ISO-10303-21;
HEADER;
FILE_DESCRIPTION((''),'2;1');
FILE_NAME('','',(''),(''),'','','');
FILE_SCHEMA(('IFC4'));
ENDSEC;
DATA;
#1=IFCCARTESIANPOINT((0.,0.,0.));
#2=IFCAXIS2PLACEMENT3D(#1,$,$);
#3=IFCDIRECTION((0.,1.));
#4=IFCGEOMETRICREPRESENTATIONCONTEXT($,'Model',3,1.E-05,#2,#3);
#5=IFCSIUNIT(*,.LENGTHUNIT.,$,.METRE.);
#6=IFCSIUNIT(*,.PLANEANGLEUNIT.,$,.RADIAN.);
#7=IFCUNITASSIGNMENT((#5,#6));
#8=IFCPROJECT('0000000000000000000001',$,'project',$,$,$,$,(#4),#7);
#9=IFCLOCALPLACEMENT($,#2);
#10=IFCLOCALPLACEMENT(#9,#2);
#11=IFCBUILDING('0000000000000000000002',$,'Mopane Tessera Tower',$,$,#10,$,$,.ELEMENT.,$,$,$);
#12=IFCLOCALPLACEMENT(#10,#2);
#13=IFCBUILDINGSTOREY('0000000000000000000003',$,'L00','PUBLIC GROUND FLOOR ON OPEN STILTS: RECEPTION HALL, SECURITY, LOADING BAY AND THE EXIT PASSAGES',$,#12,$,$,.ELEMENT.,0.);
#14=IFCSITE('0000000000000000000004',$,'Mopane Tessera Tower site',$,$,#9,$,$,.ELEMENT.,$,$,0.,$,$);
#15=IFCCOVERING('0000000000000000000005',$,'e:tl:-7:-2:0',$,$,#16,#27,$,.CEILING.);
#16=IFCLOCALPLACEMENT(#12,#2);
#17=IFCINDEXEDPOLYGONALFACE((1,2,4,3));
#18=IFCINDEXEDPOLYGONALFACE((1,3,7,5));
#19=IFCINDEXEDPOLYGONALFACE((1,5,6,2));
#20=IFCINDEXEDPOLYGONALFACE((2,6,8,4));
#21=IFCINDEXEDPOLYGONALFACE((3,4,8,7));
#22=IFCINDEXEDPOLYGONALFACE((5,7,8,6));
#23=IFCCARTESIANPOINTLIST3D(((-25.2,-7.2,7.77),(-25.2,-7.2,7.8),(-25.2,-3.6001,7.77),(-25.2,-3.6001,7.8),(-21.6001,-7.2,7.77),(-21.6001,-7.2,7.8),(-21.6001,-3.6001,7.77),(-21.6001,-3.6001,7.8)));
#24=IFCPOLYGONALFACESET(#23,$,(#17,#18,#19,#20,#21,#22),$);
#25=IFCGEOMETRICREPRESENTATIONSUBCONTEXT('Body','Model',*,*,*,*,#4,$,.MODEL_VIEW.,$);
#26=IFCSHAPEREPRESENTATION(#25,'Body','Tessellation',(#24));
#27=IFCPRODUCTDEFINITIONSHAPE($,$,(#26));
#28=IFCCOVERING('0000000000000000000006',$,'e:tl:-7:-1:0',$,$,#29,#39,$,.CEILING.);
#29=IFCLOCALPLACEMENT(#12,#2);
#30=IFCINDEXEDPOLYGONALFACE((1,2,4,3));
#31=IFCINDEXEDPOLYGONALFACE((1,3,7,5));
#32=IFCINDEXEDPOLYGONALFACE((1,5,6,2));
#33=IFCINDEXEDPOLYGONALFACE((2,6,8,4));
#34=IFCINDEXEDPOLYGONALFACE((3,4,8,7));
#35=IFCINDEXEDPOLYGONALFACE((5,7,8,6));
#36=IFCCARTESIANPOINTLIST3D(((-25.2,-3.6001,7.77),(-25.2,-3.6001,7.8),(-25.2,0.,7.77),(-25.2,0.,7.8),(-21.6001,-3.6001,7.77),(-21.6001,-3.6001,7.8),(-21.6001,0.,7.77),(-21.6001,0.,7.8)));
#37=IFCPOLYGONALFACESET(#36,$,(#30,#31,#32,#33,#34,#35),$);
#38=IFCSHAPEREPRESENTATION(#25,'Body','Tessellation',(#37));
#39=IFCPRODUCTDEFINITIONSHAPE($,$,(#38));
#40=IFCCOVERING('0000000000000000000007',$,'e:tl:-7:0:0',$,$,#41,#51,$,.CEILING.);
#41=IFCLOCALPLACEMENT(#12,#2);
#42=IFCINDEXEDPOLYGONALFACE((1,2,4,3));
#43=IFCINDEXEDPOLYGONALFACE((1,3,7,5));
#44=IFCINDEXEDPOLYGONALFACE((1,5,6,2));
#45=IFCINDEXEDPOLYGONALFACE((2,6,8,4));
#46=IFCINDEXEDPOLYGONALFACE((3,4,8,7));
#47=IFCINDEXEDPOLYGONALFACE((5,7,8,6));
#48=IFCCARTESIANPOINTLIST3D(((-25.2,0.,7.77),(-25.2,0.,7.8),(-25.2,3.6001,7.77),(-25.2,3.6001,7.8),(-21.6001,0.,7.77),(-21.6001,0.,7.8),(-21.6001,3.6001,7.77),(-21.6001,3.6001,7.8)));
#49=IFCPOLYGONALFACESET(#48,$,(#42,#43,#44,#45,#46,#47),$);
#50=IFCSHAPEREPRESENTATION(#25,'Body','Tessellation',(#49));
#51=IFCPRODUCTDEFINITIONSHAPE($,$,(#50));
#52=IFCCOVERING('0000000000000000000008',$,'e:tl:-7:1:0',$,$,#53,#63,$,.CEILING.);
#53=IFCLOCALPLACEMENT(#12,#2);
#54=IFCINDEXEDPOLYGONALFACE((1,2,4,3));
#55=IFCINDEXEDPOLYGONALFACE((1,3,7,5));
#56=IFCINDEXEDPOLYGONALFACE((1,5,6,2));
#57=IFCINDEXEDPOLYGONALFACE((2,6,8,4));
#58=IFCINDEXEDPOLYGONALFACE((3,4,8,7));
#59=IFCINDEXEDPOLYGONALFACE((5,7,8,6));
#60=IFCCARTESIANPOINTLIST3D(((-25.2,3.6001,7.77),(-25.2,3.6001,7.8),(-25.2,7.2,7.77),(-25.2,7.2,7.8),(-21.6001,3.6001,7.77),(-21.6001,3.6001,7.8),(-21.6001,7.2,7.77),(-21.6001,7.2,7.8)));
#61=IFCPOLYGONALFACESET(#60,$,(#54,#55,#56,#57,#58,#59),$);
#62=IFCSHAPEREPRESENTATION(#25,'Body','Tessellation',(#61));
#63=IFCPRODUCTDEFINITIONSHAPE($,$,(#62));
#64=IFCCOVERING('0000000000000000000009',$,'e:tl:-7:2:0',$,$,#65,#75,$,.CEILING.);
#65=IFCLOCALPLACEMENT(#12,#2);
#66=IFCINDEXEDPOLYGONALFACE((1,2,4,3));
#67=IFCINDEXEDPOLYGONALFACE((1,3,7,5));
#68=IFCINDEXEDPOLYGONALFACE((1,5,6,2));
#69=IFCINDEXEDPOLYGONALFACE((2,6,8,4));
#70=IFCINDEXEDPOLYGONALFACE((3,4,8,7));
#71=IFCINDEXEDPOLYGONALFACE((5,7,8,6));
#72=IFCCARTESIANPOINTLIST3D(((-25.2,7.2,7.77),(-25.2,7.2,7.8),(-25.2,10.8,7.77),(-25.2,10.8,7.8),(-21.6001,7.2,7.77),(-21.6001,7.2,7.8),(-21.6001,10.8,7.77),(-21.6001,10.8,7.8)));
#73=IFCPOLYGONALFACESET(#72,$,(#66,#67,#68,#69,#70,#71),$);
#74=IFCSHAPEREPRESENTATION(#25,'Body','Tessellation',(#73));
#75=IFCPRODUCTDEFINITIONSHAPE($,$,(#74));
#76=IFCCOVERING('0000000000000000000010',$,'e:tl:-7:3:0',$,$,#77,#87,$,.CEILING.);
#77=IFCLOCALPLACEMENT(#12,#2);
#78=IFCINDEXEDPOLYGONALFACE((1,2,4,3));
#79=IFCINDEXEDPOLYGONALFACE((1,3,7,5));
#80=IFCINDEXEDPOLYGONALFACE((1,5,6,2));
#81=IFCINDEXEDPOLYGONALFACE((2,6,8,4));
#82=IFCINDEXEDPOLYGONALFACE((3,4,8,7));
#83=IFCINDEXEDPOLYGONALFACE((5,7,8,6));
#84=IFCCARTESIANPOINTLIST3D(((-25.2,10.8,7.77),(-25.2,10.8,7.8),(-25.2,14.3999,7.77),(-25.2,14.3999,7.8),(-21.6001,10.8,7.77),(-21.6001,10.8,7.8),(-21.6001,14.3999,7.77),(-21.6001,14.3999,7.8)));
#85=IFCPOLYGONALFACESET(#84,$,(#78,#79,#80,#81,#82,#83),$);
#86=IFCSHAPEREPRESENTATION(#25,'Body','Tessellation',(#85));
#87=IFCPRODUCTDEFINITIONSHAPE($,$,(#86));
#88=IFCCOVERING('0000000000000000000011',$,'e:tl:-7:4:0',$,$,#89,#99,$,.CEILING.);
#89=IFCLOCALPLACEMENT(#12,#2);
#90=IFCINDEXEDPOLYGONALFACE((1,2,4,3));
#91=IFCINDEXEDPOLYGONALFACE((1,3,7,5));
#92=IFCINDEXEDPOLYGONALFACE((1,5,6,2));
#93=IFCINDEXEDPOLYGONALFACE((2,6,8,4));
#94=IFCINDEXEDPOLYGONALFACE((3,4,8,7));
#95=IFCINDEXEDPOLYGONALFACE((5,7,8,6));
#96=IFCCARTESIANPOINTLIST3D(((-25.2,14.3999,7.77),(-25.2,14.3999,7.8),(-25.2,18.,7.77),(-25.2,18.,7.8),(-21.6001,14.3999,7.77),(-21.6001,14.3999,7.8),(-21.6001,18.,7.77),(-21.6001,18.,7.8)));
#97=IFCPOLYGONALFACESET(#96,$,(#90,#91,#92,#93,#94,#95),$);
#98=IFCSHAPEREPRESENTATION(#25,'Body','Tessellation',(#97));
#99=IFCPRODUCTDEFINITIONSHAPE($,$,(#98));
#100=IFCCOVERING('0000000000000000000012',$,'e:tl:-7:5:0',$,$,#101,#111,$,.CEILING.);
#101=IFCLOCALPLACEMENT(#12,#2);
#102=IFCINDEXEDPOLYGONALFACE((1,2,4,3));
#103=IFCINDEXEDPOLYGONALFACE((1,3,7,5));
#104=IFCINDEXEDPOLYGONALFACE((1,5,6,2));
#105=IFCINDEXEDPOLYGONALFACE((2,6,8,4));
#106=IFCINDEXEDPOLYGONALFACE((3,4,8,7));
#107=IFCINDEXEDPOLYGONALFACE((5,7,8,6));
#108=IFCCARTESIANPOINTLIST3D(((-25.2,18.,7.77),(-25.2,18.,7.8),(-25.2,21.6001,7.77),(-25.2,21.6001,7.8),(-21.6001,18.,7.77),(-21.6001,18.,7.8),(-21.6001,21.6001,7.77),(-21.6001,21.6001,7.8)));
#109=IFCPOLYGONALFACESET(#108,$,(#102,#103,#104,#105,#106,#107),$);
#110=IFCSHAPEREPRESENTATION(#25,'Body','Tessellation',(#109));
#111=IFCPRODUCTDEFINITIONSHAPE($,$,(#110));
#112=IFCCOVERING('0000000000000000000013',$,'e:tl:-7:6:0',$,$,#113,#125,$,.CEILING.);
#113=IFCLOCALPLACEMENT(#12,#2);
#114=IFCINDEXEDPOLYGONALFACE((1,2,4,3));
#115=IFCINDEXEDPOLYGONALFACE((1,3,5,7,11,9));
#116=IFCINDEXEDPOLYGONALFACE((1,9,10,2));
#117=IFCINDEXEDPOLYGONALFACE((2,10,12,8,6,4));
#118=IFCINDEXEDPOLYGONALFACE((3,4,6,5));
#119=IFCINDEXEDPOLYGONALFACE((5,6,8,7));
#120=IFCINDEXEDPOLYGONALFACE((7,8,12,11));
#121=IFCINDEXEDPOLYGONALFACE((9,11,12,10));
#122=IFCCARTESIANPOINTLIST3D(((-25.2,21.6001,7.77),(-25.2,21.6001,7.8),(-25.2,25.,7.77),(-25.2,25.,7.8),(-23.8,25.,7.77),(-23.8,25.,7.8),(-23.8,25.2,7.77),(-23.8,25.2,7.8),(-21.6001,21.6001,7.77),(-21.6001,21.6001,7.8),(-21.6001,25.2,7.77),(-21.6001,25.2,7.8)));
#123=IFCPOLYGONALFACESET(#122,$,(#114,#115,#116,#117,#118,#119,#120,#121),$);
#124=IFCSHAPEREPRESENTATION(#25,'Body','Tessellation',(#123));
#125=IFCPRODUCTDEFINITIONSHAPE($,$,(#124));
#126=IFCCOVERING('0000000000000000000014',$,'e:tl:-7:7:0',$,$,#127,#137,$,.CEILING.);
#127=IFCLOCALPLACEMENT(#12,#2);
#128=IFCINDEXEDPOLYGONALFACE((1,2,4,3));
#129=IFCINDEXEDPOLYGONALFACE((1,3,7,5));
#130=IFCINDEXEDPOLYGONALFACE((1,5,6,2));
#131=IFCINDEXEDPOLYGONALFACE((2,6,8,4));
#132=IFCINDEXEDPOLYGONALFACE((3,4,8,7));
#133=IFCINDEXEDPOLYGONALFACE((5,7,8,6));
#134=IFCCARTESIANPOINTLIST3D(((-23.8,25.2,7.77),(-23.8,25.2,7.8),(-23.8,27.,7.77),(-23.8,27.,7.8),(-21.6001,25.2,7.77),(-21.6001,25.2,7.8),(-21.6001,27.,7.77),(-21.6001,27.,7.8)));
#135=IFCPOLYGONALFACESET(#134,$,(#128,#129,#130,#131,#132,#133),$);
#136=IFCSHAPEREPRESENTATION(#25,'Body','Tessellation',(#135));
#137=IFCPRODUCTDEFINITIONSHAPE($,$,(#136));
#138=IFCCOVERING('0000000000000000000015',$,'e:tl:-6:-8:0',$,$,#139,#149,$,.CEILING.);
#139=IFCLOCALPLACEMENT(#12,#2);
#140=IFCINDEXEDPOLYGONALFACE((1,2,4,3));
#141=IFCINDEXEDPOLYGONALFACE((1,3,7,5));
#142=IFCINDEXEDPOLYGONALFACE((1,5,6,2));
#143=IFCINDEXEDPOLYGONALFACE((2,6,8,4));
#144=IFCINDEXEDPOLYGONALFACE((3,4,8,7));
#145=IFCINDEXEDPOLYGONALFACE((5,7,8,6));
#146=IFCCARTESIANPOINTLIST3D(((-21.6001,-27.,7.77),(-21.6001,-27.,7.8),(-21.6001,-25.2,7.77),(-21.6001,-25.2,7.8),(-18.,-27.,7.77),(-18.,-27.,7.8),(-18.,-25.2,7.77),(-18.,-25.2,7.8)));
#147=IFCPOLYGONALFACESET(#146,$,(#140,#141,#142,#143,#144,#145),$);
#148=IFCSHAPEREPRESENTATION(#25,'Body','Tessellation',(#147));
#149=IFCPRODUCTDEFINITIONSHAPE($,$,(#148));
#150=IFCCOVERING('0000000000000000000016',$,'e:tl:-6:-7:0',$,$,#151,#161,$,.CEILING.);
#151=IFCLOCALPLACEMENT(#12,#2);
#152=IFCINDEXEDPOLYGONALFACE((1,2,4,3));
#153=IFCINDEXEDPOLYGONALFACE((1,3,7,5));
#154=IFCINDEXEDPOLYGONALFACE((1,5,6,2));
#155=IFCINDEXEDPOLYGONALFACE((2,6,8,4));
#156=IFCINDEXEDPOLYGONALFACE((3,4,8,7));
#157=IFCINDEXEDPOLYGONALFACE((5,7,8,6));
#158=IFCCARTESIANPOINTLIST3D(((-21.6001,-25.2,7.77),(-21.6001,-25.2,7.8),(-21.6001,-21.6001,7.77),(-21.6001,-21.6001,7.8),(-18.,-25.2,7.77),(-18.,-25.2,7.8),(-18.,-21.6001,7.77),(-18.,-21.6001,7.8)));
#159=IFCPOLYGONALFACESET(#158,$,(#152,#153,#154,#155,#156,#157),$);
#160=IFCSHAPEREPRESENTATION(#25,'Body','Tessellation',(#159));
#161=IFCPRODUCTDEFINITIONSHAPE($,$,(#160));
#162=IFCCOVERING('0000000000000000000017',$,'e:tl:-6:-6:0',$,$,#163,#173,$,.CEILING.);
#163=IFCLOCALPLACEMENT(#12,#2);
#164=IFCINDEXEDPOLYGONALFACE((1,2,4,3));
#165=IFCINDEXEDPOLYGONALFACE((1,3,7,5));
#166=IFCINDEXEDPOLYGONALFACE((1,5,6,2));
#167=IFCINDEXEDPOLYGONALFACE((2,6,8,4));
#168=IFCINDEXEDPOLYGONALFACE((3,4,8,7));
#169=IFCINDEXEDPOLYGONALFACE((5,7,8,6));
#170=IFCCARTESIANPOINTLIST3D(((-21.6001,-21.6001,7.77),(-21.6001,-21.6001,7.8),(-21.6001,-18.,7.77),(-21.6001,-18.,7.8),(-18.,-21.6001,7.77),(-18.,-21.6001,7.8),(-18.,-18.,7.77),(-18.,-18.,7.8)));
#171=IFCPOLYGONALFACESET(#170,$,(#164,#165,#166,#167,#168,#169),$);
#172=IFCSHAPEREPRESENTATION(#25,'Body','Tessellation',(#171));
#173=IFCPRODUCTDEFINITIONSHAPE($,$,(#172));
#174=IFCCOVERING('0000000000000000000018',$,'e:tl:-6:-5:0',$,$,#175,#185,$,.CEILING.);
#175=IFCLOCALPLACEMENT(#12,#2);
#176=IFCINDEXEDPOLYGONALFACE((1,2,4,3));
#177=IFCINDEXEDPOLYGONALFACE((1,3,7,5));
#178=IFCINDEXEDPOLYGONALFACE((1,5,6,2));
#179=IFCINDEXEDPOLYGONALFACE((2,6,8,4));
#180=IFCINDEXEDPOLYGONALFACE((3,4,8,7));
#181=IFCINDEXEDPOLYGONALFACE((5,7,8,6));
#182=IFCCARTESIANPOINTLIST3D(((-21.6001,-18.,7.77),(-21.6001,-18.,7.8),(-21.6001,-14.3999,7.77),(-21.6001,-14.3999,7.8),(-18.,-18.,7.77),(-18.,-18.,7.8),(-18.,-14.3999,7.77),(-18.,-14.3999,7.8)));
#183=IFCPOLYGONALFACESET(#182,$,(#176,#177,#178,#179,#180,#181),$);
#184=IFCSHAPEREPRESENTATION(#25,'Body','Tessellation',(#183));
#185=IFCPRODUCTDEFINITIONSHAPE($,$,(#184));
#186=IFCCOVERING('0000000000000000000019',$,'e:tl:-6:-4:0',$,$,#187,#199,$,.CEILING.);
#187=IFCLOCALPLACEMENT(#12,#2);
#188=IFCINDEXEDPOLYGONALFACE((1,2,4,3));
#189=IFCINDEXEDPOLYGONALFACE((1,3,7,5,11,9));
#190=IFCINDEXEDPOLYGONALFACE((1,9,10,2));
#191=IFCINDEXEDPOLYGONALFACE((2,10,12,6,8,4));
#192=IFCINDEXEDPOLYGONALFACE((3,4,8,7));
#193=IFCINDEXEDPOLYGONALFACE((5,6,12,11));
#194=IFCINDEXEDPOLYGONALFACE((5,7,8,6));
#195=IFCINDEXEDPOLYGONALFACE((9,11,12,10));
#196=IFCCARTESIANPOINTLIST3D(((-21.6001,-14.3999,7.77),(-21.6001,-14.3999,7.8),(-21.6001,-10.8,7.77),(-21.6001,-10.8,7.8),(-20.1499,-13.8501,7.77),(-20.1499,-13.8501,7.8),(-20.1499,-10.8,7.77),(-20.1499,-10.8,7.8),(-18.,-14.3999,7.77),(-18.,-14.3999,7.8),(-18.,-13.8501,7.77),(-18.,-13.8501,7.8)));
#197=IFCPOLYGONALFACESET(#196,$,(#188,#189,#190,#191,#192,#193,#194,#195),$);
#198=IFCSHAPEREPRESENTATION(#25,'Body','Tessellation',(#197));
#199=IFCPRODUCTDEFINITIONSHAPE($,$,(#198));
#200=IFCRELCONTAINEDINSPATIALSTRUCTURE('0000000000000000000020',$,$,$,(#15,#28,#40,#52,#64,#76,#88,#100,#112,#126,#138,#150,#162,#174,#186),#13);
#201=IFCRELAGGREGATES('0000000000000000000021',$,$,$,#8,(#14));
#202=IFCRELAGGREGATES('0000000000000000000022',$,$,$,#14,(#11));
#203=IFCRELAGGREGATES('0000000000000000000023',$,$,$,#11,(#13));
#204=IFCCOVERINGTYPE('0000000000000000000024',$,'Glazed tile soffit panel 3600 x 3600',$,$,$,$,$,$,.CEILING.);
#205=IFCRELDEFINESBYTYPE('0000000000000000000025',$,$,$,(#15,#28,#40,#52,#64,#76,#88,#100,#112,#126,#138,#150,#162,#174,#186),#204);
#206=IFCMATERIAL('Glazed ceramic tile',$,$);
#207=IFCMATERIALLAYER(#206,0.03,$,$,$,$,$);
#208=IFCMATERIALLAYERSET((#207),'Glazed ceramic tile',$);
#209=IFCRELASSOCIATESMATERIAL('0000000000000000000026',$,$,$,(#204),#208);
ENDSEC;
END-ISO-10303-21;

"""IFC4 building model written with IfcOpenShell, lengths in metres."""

from ifc_helpers import new_model, si_unit, direction, frame, origin, place, context, subcontext, project, spatial, polyline, outline, extrude, material, layer, layer_set, type_object, element, save


model = new_model("IFC4")

# Units and contexts
model_context = context("Model", 3, precision=1e-05, world=origin(), true_north=direction((0.0, 1.0)))
body_context = subcontext(model_context, "Body", "Model", "MODEL_VIEW")
ifc_project = project(units=[si_unit("LENGTHUNIT", "METRE"), si_unit("PLANEANGLEUNIT", "RADIAN")], contexts=[model_context])

# Site, building, storey
site_placement = place(None, origin())
site = spatial("IfcSite", under=ifc_project, at=site_placement, Name="Mopane Tessera Tower site", CompositionType="ELEMENT", RefElevation=0.0)
building_placement = place(site_placement, origin())
building = spatial("IfcBuilding", under=site, at=building_placement, Name="Mopane Tessera Tower", CompositionType="ELEMENT")
storey_placement = place(building_placement, origin())
storey = spatial("IfcBuildingStorey", under=building, at=storey_placement, Name="L00", Description="PUBLIC GROUND FLOOR ON OPEN STILTS: RECEPTION HALL, SECURITY, LOADING BAY AND THE EXIT PASSAGES", CompositionType="ELEMENT", Elevation=0.0)

# Coverings
ifc_material = material(Name="Glazed ceramic tile")
ifc_layer = layer(ifc_material, 0.03)
ifc_layer_set = layer_set([ifc_layer], Name="Glazed ceramic tile")
covering_type = type_object("IfcCoveringType", Name="Glazed tile soffit panel 3600 x 3600", PredefinedType="CEILING", material=ifc_layer_set)
covering_1_placement = place(storey_placement, frame((0.0, 0.0, 7.77)))
element("IfcCovering", 1, at=covering_1_placement, inside=storey, type_object=covering_type, Name="e:tl:-7:-2:0", PredefinedType="CEILING", context=body_context, shape_type="SweptSolid", body=[
    extrude(outline(polyline([(-25.2, -7.2), (-25.2, -3.6001), (-21.6001, -3.6001), (-21.6001, -7.2), (-25.2, -7.2)])), origin(), (0.0, 0.0, 1.0), 0.03),
])
covering_2_placement = place(storey_placement, frame((0.0, 0.0, 7.77)))
element("IfcCovering", 2, at=covering_2_placement, inside=storey, type_object=covering_type, Name="e:tl:-7:-1:0", PredefinedType="CEILING", context=body_context, shape_type="SweptSolid", body=[
    extrude(outline(polyline([(-25.2, -3.6001), (-25.2, 0.0), (-21.6001, 0.0), (-21.6001, -3.6001), (-25.2, -3.6001)])), origin(), (0.0, 0.0, 1.0), 0.03),
])
covering_3_placement = place(storey_placement, frame((0.0, 0.0, 7.77)))
element("IfcCovering", 3, at=covering_3_placement, inside=storey, type_object=covering_type, Name="e:tl:-7:0:0", PredefinedType="CEILING", context=body_context, shape_type="SweptSolid", body=[
    extrude(outline(polyline([(-25.2, 0.0), (-25.2, 3.6001), (-21.6001, 3.6001), (-21.6001, 0.0), (-25.2, 0.0)])), origin(), (0.0, 0.0, 1.0), 0.03),
])
covering_4_placement = place(storey_placement, frame((0.0, 0.0, 7.77)))
element("IfcCovering", 4, at=covering_4_placement, inside=storey, type_object=covering_type, Name="e:tl:-7:1:0", PredefinedType="CEILING", context=body_context, shape_type="SweptSolid", body=[
    extrude(outline(polyline([(-25.2, 3.6001), (-25.2, 7.2), (-21.6001, 7.2), (-21.6001, 3.6001), (-25.2, 3.6001)])), origin(), (0.0, 0.0, 1.0), 0.03),
])
covering_5_placement = place(storey_placement, frame((0.0, 0.0, 7.77)))
element("IfcCovering", 5, at=covering_5_placement, inside=storey, type_object=covering_type, Name="e:tl:-7:2:0", PredefinedType="CEILING", context=body_context, shape_type="SweptSolid", body=[
    extrude(outline(polyline([(-25.2, 7.2), (-25.2, 10.8), (-21.6001, 10.8), (-21.6001, 7.2), (-25.2, 7.2)])), origin(), (0.0, 0.0, 1.0), 0.03),
])
covering_6_placement = place(storey_placement, frame((0.0, 0.0, 7.77)))
element("IfcCovering", 6, at=covering_6_placement, inside=storey, type_object=covering_type, Name="e:tl:-7:3:0", PredefinedType="CEILING", context=body_context, shape_type="SweptSolid", body=[
    extrude(outline(polyline([(-25.2, 10.8), (-25.2, 14.3999), (-21.6001, 14.3999), (-21.6001, 10.8), (-25.2, 10.8)])), origin(), (0.0, 0.0, 1.0), 0.03),
])
covering_7_placement = place(storey_placement, frame((0.0, 0.0, 7.77)))
element("IfcCovering", 7, at=covering_7_placement, inside=storey, type_object=covering_type, Name="e:tl:-7:4:0", PredefinedType="CEILING", context=body_context, shape_type="SweptSolid", body=[
    extrude(outline(polyline([(-25.2, 14.3999), (-25.2, 18.0), (-21.6001, 18.0), (-21.6001, 14.3999), (-25.2, 14.3999)])), origin(), (0.0, 0.0, 1.0), 0.03),
])
covering_8_placement = place(storey_placement, frame((0.0, 0.0, 7.77)))
element("IfcCovering", 8, at=covering_8_placement, inside=storey, type_object=covering_type, Name="e:tl:-7:5:0", PredefinedType="CEILING", context=body_context, shape_type="SweptSolid", body=[
    extrude(outline(polyline([(-25.2, 18.0), (-25.2, 21.6001), (-21.6001, 21.6001), (-21.6001, 18.0), (-25.2, 18.0)])), origin(), (0.0, 0.0, 1.0), 0.03),
])
covering_9_placement = place(storey_placement, frame((0.0, 0.0, 7.77)))
element("IfcCovering", 9, at=covering_9_placement, inside=storey, type_object=covering_type, Name="e:tl:-7:6:0", PredefinedType="CEILING", context=body_context, shape_type="SweptSolid", body=[
    extrude(outline(polyline([(-23.8, 25.0), (-23.8, 25.2), (-21.6001, 25.2), (-21.6001, 21.6001), (-25.2, 21.6001), (-25.2, 25.0), (-23.8, 25.0)])), origin(), (0.0, 0.0, 1.0), 0.03),
])
covering_10_placement = place(storey_placement, frame((0.0, 0.0, 7.77)))
element("IfcCovering", 10, at=covering_10_placement, inside=storey, type_object=covering_type, Name="e:tl:-7:7:0", PredefinedType="CEILING", context=body_context, shape_type="SweptSolid", body=[
    extrude(outline(polyline([(-23.8, 27.0), (-21.6001, 27.0), (-21.6001, 25.2), (-23.8, 25.2), (-23.8, 27.0)])), origin(), (0.0, 0.0, 1.0), 0.03),
])
covering_11_placement = place(storey_placement, frame((0.0, 0.0, 7.77)))
element("IfcCovering", 11, at=covering_11_placement, inside=storey, type_object=covering_type, Name="e:tl:-6:-8:0", PredefinedType="CEILING", context=body_context, shape_type="SweptSolid", body=[
    extrude(outline(polyline([(-21.6001, -27.0), (-21.6001, -25.2), (-18.0, -25.2), (-18.0, -27.0), (-21.6001, -27.0)])), origin(), (0.0, 0.0, 1.0), 0.03),
])
covering_12_placement = place(storey_placement, frame((0.0, 0.0, 7.77)))
element("IfcCovering", 12, at=covering_12_placement, inside=storey, type_object=covering_type, Name="e:tl:-6:-7:0", PredefinedType="CEILING", context=body_context, shape_type="SweptSolid", body=[
    extrude(outline(polyline([(-21.6001, -25.2), (-21.6001, -21.6001), (-18.0, -21.6001), (-18.0, -25.2), (-21.6001, -25.2)])), origin(), (0.0, 0.0, 1.0), 0.03),
])
covering_13_placement = place(storey_placement, frame((0.0, 0.0, 7.77)))
element("IfcCovering", 13, at=covering_13_placement, inside=storey, type_object=covering_type, Name="e:tl:-6:-6:0", PredefinedType="CEILING", context=body_context, shape_type="SweptSolid", body=[
    extrude(outline(polyline([(-21.6001, -21.6001), (-21.6001, -18.0), (-18.0, -18.0), (-18.0, -21.6001), (-21.6001, -21.6001)])), origin(), (0.0, 0.0, 1.0), 0.03),
])
covering_14_placement = place(storey_placement, frame((0.0, 0.0, 7.77)))
element("IfcCovering", 14, at=covering_14_placement, inside=storey, type_object=covering_type, Name="e:tl:-6:-5:0", PredefinedType="CEILING", context=body_context, shape_type="SweptSolid", body=[
    extrude(outline(polyline([(-21.6001, -18.0), (-21.6001, -14.3999), (-18.0, -14.3999), (-18.0, -18.0), (-21.6001, -18.0)])), origin(), (0.0, 0.0, 1.0), 0.03),
])
covering_15_placement = place(storey_placement, frame((0.0, 0.0, 7.77)))
element("IfcCovering", 15, at=covering_15_placement, inside=storey, type_object=covering_type, Name="e:tl:-6:-4:0", PredefinedType="CEILING", context=body_context, shape_type="SweptSolid", body=[
    extrude(outline(polyline([(-20.1499, -13.8501), (-18.0, -13.8501), (-18.0, -14.3999), (-21.6001, -14.3999), (-21.6001, -10.8), (-20.1499, -10.8), (-20.1499, -13.8501)])), origin(), (0.0, 0.0, 1.0), 0.03),
])

save(model, "model.ifc")
